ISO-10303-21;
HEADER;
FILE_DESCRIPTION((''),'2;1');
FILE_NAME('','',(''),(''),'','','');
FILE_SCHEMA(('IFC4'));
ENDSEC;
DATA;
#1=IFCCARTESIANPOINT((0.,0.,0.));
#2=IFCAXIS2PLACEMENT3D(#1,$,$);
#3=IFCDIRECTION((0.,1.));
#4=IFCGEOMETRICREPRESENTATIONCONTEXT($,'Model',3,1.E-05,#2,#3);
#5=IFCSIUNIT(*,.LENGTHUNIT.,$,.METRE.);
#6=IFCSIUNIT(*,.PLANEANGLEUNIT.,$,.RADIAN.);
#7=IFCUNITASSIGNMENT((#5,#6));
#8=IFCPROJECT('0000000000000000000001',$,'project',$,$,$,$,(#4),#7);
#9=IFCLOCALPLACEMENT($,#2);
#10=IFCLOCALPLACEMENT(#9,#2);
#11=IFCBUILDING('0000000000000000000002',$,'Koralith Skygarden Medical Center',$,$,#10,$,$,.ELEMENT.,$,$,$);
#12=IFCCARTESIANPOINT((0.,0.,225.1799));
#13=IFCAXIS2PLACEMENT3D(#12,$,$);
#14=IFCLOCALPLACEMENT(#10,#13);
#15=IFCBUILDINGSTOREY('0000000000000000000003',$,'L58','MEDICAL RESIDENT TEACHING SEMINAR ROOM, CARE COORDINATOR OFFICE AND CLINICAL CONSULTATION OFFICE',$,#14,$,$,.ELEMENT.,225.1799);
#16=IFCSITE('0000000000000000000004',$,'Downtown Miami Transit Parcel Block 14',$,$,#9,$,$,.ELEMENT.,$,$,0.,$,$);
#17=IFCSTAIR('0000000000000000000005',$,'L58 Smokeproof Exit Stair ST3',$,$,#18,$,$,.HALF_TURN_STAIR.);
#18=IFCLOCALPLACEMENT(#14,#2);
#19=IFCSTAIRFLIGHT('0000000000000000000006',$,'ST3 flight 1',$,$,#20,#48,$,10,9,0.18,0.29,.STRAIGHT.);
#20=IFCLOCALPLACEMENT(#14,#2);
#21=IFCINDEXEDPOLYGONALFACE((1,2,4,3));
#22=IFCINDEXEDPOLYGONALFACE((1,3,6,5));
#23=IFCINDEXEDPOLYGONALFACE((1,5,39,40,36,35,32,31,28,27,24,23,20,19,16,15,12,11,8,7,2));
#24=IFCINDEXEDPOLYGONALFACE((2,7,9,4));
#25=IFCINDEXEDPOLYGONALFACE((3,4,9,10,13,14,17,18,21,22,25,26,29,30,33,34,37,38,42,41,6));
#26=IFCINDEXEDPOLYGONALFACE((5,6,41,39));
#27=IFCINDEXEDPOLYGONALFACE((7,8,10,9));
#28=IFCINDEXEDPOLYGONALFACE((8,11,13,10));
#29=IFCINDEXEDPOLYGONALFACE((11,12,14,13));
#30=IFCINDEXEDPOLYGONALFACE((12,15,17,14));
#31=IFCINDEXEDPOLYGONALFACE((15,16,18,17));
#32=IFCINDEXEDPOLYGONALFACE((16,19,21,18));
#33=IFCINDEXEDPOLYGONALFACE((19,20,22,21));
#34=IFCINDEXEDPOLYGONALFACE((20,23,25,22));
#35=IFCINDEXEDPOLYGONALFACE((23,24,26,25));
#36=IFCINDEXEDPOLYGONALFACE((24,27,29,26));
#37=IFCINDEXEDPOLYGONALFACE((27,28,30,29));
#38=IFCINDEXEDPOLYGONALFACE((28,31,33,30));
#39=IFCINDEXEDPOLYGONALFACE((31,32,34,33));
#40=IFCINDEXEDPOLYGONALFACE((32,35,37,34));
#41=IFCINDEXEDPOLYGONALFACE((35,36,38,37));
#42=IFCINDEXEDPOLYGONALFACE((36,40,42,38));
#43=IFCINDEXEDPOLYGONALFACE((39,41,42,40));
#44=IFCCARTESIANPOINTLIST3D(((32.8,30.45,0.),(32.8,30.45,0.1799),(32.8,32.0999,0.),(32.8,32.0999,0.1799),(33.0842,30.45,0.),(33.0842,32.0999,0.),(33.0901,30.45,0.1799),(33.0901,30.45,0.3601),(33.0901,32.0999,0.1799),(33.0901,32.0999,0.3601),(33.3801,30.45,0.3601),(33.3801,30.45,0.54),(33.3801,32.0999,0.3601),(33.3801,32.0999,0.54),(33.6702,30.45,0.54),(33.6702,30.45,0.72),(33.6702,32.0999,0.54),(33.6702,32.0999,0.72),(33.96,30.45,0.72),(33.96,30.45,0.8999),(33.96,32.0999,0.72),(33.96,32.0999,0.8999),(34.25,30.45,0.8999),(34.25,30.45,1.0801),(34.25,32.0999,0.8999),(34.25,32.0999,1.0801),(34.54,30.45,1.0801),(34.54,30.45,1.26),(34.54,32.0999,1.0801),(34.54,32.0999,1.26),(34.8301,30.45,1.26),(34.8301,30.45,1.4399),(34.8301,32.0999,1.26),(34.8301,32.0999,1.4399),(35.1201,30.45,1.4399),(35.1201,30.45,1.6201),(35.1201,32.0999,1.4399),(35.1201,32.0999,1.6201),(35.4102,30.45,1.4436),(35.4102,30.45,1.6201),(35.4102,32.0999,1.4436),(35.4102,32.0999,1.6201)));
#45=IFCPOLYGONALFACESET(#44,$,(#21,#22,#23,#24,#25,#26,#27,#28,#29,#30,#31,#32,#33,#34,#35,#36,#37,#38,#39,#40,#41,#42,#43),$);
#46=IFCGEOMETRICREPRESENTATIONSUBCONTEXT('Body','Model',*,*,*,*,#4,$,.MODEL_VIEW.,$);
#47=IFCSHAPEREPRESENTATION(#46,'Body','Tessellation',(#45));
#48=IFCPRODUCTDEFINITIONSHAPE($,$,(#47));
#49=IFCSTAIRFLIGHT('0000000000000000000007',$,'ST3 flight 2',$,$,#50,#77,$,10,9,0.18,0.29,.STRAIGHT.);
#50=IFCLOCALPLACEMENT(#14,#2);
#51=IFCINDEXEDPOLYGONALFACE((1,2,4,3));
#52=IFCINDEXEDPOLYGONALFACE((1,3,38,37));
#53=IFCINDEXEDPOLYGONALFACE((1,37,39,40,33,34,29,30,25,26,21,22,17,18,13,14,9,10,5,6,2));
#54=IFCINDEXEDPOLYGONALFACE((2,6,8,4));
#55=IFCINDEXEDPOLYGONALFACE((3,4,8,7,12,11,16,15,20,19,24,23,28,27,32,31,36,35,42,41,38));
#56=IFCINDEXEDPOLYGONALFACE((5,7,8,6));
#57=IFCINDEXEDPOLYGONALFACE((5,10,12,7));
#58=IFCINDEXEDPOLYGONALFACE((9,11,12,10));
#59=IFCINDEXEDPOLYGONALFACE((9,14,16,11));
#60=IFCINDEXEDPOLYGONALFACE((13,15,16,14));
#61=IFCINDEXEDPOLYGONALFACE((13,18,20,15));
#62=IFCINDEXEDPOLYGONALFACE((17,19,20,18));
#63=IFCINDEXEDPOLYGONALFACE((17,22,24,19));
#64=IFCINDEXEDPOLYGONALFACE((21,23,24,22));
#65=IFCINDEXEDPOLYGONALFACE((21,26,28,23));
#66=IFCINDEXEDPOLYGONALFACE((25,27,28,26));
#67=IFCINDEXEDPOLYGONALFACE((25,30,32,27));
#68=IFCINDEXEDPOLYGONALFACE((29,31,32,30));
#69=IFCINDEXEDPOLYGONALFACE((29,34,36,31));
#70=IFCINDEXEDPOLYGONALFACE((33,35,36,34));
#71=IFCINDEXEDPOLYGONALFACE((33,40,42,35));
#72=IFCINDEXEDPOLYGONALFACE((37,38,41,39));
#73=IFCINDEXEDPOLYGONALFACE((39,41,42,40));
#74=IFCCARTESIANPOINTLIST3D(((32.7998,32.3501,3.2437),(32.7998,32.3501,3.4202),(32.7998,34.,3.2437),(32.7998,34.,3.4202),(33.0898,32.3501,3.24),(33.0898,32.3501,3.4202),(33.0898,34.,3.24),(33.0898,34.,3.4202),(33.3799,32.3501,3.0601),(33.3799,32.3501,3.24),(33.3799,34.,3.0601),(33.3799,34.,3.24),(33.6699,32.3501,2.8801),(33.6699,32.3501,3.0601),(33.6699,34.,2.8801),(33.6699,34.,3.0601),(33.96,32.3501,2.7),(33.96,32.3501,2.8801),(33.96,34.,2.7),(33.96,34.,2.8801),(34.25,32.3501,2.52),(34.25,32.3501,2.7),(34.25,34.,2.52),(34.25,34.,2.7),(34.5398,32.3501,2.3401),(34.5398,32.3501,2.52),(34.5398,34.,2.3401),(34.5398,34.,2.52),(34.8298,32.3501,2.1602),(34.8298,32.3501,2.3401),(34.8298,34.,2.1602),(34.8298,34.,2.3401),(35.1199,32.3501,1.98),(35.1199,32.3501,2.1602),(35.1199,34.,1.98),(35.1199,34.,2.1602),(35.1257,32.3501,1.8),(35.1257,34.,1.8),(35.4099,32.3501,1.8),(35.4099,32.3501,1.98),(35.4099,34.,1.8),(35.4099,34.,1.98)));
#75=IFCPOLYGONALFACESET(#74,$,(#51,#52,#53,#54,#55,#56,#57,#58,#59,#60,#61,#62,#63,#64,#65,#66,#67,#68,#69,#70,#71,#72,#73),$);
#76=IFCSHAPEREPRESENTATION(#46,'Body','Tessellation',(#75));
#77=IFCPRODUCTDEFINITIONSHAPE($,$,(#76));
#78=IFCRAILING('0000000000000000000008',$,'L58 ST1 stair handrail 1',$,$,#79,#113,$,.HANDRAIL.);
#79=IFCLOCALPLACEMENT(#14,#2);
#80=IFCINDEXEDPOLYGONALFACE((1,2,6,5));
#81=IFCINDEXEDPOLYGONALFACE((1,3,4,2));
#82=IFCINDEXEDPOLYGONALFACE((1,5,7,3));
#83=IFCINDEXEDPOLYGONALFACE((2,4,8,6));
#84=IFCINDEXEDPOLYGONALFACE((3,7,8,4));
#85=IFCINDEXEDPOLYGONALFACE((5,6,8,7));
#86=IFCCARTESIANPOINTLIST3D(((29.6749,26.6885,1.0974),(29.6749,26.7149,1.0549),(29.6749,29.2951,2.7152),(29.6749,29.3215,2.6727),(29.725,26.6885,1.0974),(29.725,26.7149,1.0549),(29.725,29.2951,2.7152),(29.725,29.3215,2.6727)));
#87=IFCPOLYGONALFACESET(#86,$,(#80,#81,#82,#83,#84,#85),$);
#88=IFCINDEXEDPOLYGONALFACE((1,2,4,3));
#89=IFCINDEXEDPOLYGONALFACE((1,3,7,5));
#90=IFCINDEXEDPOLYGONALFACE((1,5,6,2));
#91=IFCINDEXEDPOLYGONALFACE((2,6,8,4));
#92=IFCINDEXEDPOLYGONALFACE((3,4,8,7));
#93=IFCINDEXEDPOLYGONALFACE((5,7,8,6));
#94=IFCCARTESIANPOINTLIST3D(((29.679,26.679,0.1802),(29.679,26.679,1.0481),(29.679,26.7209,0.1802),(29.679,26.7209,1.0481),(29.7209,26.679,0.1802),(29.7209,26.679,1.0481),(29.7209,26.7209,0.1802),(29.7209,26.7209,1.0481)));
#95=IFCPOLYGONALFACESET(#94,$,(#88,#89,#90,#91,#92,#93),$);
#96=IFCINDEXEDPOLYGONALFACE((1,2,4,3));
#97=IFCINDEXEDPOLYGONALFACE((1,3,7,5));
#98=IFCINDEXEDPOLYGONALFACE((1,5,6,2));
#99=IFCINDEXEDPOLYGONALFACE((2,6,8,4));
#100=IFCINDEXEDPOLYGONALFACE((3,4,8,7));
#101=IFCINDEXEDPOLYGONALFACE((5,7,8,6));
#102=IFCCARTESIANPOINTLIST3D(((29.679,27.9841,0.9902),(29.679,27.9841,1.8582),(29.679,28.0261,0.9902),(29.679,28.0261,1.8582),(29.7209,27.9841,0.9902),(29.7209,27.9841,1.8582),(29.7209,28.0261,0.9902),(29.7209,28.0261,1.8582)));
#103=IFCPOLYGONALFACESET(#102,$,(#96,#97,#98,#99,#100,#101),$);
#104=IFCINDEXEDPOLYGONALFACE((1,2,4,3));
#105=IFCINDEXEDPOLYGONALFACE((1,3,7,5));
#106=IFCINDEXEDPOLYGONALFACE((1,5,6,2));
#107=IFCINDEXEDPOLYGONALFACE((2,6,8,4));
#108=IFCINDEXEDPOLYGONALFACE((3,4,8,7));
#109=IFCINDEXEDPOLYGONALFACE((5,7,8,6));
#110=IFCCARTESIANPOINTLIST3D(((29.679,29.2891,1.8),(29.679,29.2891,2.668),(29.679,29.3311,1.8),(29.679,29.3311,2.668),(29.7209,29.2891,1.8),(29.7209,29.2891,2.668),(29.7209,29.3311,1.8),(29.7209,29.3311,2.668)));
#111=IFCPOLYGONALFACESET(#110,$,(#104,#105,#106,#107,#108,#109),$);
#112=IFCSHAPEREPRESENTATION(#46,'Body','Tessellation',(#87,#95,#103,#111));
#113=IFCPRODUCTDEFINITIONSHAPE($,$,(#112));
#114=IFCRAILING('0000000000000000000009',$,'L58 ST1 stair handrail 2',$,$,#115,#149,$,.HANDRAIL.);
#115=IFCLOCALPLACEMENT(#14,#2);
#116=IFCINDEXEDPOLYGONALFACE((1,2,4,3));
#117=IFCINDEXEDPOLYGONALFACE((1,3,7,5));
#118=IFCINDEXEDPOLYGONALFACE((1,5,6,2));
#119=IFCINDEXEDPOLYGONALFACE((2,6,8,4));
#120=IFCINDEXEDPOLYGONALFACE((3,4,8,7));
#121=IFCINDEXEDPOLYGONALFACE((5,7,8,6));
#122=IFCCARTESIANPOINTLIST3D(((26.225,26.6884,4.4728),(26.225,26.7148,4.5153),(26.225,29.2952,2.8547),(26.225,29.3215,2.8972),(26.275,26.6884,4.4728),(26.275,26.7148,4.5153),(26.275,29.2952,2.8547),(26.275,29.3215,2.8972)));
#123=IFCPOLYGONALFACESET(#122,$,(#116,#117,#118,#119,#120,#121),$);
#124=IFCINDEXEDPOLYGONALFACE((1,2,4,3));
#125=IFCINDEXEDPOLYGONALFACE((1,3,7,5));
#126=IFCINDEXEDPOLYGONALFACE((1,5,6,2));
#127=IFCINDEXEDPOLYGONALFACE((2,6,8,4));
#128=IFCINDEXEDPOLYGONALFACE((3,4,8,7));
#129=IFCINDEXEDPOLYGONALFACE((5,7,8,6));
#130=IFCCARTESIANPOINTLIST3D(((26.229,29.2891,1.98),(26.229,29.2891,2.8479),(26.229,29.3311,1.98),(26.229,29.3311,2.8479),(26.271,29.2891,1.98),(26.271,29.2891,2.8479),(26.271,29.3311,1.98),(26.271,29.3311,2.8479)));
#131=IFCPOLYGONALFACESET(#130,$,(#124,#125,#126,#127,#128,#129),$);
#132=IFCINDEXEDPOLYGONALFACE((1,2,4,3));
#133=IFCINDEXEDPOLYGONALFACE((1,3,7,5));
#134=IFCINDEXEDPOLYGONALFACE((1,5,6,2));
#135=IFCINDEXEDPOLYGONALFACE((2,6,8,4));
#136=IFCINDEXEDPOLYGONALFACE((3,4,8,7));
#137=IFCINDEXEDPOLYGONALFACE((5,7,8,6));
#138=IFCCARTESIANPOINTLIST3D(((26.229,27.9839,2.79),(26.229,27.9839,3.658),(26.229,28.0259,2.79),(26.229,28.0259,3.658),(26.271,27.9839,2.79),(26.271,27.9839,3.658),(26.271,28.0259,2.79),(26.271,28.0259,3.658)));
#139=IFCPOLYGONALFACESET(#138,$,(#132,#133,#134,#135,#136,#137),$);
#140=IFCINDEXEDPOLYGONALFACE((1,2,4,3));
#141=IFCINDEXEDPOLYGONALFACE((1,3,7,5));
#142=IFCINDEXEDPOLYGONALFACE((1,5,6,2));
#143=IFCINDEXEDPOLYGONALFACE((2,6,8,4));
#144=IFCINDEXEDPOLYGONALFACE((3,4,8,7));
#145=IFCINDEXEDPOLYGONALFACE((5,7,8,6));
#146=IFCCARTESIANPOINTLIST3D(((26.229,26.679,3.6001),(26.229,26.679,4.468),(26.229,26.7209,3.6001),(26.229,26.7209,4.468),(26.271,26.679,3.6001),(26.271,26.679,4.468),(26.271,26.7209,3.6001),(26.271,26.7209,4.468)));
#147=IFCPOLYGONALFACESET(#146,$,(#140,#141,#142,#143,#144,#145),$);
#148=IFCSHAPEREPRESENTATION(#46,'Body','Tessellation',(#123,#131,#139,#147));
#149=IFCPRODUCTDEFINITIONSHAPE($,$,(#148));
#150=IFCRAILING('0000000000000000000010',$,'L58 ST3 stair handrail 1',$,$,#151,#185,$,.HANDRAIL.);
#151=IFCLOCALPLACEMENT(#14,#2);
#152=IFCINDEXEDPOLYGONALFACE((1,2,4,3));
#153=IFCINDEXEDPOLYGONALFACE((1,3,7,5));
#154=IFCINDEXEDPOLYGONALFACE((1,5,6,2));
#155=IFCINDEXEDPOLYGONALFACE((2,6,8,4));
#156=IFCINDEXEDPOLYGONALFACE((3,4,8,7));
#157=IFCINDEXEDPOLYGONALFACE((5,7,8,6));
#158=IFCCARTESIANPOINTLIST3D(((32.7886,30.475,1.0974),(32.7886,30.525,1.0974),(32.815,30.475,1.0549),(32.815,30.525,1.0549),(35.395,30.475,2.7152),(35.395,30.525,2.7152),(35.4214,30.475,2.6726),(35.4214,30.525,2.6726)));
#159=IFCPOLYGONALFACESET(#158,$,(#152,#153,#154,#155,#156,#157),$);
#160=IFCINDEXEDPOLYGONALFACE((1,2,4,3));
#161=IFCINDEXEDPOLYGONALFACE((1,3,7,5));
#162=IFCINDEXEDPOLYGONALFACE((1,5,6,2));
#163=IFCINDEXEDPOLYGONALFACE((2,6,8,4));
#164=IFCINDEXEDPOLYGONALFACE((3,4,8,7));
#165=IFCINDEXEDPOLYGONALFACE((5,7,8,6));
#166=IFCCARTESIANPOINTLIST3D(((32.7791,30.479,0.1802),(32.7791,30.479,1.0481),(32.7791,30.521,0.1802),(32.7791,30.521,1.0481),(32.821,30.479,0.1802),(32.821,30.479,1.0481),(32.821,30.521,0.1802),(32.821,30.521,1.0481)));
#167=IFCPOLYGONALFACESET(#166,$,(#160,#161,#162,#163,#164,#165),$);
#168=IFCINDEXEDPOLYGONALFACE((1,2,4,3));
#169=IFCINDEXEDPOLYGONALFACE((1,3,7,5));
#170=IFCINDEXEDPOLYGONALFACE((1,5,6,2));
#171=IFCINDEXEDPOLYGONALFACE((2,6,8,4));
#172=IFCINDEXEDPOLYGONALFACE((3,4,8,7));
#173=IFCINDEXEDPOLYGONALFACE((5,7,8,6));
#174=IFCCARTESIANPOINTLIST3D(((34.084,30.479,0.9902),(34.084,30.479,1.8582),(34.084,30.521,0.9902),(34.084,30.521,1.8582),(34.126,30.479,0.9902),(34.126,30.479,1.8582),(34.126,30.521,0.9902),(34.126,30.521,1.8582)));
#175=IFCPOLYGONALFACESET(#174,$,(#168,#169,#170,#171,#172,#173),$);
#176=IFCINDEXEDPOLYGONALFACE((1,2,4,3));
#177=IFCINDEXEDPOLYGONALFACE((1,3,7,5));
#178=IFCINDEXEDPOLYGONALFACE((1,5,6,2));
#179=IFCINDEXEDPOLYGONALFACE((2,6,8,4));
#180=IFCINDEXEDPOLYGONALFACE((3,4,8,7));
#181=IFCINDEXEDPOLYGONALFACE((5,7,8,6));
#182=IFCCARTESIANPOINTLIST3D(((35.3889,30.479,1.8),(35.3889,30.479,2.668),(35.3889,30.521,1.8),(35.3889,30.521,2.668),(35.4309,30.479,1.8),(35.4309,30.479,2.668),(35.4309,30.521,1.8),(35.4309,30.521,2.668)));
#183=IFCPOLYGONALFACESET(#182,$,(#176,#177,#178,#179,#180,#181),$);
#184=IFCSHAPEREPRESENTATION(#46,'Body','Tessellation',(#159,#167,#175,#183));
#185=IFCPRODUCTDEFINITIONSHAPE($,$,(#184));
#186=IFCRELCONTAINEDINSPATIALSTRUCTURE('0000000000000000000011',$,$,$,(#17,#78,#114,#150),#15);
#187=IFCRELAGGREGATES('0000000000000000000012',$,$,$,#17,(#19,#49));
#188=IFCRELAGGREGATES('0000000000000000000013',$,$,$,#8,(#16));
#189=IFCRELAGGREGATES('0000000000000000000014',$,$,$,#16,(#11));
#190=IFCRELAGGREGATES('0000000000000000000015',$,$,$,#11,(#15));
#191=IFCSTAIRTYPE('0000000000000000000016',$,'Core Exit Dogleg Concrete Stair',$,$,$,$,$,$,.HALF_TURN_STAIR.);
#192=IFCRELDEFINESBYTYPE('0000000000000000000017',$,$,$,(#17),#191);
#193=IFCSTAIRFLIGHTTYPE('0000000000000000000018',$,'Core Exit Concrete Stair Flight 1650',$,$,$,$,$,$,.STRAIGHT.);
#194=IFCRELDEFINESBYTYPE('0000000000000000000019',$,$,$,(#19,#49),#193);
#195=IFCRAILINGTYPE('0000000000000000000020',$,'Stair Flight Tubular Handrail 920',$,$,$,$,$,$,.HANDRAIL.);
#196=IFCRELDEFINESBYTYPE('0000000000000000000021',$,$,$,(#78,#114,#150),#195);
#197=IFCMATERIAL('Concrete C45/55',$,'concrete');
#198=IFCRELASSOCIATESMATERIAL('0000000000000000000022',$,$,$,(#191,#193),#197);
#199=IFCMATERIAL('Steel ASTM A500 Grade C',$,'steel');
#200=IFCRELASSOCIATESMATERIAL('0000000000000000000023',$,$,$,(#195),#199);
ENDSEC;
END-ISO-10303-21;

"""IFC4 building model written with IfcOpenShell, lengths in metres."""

from ifc_helpers import new_model, si_unit, direction, frame, origin, origin_2d, place, context, subcontext, project, spatial, polyline, rectangle, outline, extrude, material, type_object, element, aggregate, save


model = new_model("IFC4")

# Units and contexts
model_context = context("Model", 3, precision=1e-05, world=origin(), true_north=direction((0.0, 1.0)))
body_context = subcontext(model_context, "Body", "Model", "MODEL_VIEW")
ifc_project = project(units=[si_unit("LENGTHUNIT", "METRE"), si_unit("PLANEANGLEUNIT", "RADIAN")], contexts=[model_context])

# Site, building, storey
site_placement = place(None, origin())
site = spatial("IfcSite", under=ifc_project, at=site_placement, Name="Downtown Miami Transit Parcel Block 14", CompositionType="ELEMENT", RefElevation=0.0)
building_placement = place(site_placement, origin())
building = spatial("IfcBuilding", under=site, at=building_placement, Name="Koralith Skygarden Medical Center", CompositionType="ELEMENT")
storey_placement = place(building_placement, frame((0.0, 0.0, 225.1799)))
storey = spatial("IfcBuildingStorey", under=building, at=storey_placement, Name="L58", Description="MEDICAL RESIDENT TEACHING SEMINAR ROOM, CARE COORDINATOR OFFICE AND CLINICAL CONSULTATION OFFICE", CompositionType="ELEMENT", Elevation=225.1799)

# Shared definitions
ifc_material_1 = material(Name="Concrete C45/55", Category="concrete")

# Stair, stair flights
stair_type = type_object("IfcStairType", Name="Core Exit Dogleg Concrete Stair", PredefinedType="HALF_TURN_STAIR", material=ifc_material_1)
stair_flight_type = type_object("IfcStairFlightType", Name="Core Exit Concrete Stair Flight 1650", PredefinedType="STRAIGHT", material=ifc_material_1)
stair_1_placement = place(storey_placement, origin())
stair_1 = element("IfcStair", 1, at=stair_1_placement, inside=storey, type_object=stair_type, Name="L58 Smokeproof Exit Stair ST3", PredefinedType="HALF_TURN_STAIR")
stair_flight_1_placement = place(storey_placement, frame((32.8, 31.2749, 0.0), z_axis=(0.0, 0.0, 1.0), x_axis=(1.0, 0.0, 0.0)))
stair_flight_1 = element("IfcStairFlight", 2, at=stair_flight_1_placement, type_object=stair_flight_type, Name="ST3 flight 1", NumberOfRisers=10, NumberOfTreads=9, PredefinedType="STRAIGHT", RiserHeight=0.18, TreadLength=0.29, context=body_context, shape_type="SweptSolid", body=[
    extrude(outline(polyline([(0.0, 0.0), (0.0, 0.1799), (0.29, 0.1799), (0.29, 0.3601), (0.5801, 0.3601), (0.5801, 0.54), (0.8701, 0.54), (0.8701, 0.72), (1.1599, 0.72), (1.1599, 0.8999), (1.45, 0.8999), (1.45, 1.0801), (1.74, 1.0801), (1.74, 1.26), (2.03, 1.26), (2.03, 1.4399), (2.3201, 1.4399), (2.3201, 1.6201), (2.6101, 1.6201), (2.6101, 1.8), (2.6101, 1.4436), (0.2842, 0.0), (0.0, 0.0)])), frame((0.0, 0.825, 0.0), z_axis=(0.0, -1.0, 0.0), x_axis=(1.0, 0.0, 0.0)), (0.0, 0.0, 1.0), 1.6499),
])
stair_flight_2_placement = place(storey_placement, frame((35.4099, 33.175, 1.8), z_axis=(0.0, 0.0, 1.0), x_axis=(-1.0, 0.0, 0.0)))
stair_flight_2 = element("IfcStairFlight", 3, at=stair_flight_2_placement, type_object=stair_flight_type, Name="ST3 flight 2", NumberOfRisers=10, NumberOfTreads=9, PredefinedType="STRAIGHT", RiserHeight=0.18, TreadLength=0.29, context=body_context, shape_type="SweptSolid", body=[
    extrude(outline(polyline([(0.0, 0.0), (0.0, 0.1799), (0.29, 0.1799), (0.29, 0.3601), (0.5801, 0.3601), (0.5801, 0.54), (0.8701, 0.54), (0.8701, 0.72), (1.1599, 0.72), (1.1599, 0.8999), (1.45, 0.8999), (1.45, 1.0801), (1.74, 1.0801), (1.74, 1.26), (2.03, 1.26), (2.03, 1.4399), (2.3201, 1.4399), (2.3201, 1.6201), (2.6101, 1.6201), (2.6101, 1.8), (2.6101, 1.4436), (0.2842, 0.0), (0.0, 0.0)])), frame((0.0, 0.825, 0.0), z_axis=(0.0, -1.0, 0.0), x_axis=(1.0, 0.0, 0.0)), (0.0, 0.0, 1.0), 1.6499),
])
aggregate(stair_1, [stair_flight_1, stair_flight_2])

# Railings
ifc_material_2 = material(Name="Steel ASTM A500 Grade C", Category="steel")
railing_type_1 = type_object("IfcRailingType", Name="Stair Flight Tubular Handrail 920", PredefinedType="HANDRAIL", material=ifc_material_2)
railing_1_placement = place(storey_placement, frame((29.7, 26.7, 0.1802)))
element("IfcRailing", 4, at=railing_1_placement, inside=storey, type_object=railing_type_1, Name="L58 ST1 stair handrail 1", PredefinedType="HANDRAIL", context=body_context, shape_type="SweptSolid", body=[
    extrude(rectangle(XDim=0.05, YDim=0.05, at=origin_2d()), frame((0.0, 0.0017, 0.896), z_axis=(0.0, 0.849668, 0.527317), x_axis=(-1.0, 0.0, 0.0)), (0.0, 0.0, 1.0), 3.0679),
    extrude(rectangle(XDim=0.042, YDim=0.042, at=origin_2d()), origin(), (0.0, 0.0, 1.0), 0.8679),
    extrude(rectangle(XDim=0.042, YDim=0.042, at=origin_2d()), frame((0.0, 1.3052, 0.8101)), (0.0, 0.0, 1.0), 0.8679),
    extrude(rectangle(XDim=0.042, YDim=0.042, at=origin_2d()), frame((0.0, 2.6101, 1.6199)), (0.0, 0.0, 1.0), 0.8679),
])
railing_2_placement = place(storey_placement, frame((26.25, 29.3101, 1.98)))
element("IfcRailing", 5, at=railing_2_placement, inside=storey, type_object=railing_type_1, Name="L58 ST1 stair handrail 2", PredefinedType="HANDRAIL", context=body_context, shape_type="SweptSolid", body=[
    extrude(rectangle(XDim=0.05, YDim=0.05, at=origin_2d()), frame((0.0, -0.0017, 0.896), z_axis=(0.0, -0.849633, 0.527375), x_axis=(1.0, 0.0, 0.0)), (0.0, 0.0, 1.0), 3.0681),
    extrude(rectangle(XDim=0.042, YDim=0.042, at=origin_2d()), origin(), (0.0, 0.0, 1.0), 0.8679),
    extrude(rectangle(XDim=0.042, YDim=0.042, at=origin_2d()), frame((0.0, -1.3052, 0.8101)), (0.0, 0.0, 1.0), 0.8679),
    extrude(rectangle(XDim=0.042, YDim=0.042, at=origin_2d()), frame((0.0, -2.6101, 1.6201)), (0.0, 0.0, 1.0), 0.8679),
])
railing_3_placement = place(storey_placement, frame((32.8, 30.5, 0.1802)))
element("IfcRailing", 6, at=railing_3_placement, inside=storey, type_object=railing_type_1, Name="L58 ST3 stair handrail 1", PredefinedType="HANDRAIL", context=body_context, shape_type="SweptSolid", body=[
    extrude(rectangle(XDim=0.05, YDim=0.05, at=origin_2d()), frame((0.0017, 0.0, 0.896), z_axis=(0.849646, 0.0, 0.527353), x_axis=(0.0, 1.0, 0.0)), (0.0, 0.0, 1.0), 3.0676),
    extrude(rectangle(XDim=0.042, YDim=0.042, at=origin_2d()), origin(), (0.0, 0.0, 1.0), 0.8679),
    extrude(rectangle(XDim=0.042, YDim=0.042, at=origin_2d()), frame((1.3049, 0.0, 0.8101)), (0.0, 0.0, 1.0), 0.8679),
    extrude(rectangle(XDim=0.042, YDim=0.042, at=origin_2d()), frame((2.6099, 0.0, 1.6199)), (0.0, 0.0, 1.0), 0.8679),
])

save(model, "model.ifc")
